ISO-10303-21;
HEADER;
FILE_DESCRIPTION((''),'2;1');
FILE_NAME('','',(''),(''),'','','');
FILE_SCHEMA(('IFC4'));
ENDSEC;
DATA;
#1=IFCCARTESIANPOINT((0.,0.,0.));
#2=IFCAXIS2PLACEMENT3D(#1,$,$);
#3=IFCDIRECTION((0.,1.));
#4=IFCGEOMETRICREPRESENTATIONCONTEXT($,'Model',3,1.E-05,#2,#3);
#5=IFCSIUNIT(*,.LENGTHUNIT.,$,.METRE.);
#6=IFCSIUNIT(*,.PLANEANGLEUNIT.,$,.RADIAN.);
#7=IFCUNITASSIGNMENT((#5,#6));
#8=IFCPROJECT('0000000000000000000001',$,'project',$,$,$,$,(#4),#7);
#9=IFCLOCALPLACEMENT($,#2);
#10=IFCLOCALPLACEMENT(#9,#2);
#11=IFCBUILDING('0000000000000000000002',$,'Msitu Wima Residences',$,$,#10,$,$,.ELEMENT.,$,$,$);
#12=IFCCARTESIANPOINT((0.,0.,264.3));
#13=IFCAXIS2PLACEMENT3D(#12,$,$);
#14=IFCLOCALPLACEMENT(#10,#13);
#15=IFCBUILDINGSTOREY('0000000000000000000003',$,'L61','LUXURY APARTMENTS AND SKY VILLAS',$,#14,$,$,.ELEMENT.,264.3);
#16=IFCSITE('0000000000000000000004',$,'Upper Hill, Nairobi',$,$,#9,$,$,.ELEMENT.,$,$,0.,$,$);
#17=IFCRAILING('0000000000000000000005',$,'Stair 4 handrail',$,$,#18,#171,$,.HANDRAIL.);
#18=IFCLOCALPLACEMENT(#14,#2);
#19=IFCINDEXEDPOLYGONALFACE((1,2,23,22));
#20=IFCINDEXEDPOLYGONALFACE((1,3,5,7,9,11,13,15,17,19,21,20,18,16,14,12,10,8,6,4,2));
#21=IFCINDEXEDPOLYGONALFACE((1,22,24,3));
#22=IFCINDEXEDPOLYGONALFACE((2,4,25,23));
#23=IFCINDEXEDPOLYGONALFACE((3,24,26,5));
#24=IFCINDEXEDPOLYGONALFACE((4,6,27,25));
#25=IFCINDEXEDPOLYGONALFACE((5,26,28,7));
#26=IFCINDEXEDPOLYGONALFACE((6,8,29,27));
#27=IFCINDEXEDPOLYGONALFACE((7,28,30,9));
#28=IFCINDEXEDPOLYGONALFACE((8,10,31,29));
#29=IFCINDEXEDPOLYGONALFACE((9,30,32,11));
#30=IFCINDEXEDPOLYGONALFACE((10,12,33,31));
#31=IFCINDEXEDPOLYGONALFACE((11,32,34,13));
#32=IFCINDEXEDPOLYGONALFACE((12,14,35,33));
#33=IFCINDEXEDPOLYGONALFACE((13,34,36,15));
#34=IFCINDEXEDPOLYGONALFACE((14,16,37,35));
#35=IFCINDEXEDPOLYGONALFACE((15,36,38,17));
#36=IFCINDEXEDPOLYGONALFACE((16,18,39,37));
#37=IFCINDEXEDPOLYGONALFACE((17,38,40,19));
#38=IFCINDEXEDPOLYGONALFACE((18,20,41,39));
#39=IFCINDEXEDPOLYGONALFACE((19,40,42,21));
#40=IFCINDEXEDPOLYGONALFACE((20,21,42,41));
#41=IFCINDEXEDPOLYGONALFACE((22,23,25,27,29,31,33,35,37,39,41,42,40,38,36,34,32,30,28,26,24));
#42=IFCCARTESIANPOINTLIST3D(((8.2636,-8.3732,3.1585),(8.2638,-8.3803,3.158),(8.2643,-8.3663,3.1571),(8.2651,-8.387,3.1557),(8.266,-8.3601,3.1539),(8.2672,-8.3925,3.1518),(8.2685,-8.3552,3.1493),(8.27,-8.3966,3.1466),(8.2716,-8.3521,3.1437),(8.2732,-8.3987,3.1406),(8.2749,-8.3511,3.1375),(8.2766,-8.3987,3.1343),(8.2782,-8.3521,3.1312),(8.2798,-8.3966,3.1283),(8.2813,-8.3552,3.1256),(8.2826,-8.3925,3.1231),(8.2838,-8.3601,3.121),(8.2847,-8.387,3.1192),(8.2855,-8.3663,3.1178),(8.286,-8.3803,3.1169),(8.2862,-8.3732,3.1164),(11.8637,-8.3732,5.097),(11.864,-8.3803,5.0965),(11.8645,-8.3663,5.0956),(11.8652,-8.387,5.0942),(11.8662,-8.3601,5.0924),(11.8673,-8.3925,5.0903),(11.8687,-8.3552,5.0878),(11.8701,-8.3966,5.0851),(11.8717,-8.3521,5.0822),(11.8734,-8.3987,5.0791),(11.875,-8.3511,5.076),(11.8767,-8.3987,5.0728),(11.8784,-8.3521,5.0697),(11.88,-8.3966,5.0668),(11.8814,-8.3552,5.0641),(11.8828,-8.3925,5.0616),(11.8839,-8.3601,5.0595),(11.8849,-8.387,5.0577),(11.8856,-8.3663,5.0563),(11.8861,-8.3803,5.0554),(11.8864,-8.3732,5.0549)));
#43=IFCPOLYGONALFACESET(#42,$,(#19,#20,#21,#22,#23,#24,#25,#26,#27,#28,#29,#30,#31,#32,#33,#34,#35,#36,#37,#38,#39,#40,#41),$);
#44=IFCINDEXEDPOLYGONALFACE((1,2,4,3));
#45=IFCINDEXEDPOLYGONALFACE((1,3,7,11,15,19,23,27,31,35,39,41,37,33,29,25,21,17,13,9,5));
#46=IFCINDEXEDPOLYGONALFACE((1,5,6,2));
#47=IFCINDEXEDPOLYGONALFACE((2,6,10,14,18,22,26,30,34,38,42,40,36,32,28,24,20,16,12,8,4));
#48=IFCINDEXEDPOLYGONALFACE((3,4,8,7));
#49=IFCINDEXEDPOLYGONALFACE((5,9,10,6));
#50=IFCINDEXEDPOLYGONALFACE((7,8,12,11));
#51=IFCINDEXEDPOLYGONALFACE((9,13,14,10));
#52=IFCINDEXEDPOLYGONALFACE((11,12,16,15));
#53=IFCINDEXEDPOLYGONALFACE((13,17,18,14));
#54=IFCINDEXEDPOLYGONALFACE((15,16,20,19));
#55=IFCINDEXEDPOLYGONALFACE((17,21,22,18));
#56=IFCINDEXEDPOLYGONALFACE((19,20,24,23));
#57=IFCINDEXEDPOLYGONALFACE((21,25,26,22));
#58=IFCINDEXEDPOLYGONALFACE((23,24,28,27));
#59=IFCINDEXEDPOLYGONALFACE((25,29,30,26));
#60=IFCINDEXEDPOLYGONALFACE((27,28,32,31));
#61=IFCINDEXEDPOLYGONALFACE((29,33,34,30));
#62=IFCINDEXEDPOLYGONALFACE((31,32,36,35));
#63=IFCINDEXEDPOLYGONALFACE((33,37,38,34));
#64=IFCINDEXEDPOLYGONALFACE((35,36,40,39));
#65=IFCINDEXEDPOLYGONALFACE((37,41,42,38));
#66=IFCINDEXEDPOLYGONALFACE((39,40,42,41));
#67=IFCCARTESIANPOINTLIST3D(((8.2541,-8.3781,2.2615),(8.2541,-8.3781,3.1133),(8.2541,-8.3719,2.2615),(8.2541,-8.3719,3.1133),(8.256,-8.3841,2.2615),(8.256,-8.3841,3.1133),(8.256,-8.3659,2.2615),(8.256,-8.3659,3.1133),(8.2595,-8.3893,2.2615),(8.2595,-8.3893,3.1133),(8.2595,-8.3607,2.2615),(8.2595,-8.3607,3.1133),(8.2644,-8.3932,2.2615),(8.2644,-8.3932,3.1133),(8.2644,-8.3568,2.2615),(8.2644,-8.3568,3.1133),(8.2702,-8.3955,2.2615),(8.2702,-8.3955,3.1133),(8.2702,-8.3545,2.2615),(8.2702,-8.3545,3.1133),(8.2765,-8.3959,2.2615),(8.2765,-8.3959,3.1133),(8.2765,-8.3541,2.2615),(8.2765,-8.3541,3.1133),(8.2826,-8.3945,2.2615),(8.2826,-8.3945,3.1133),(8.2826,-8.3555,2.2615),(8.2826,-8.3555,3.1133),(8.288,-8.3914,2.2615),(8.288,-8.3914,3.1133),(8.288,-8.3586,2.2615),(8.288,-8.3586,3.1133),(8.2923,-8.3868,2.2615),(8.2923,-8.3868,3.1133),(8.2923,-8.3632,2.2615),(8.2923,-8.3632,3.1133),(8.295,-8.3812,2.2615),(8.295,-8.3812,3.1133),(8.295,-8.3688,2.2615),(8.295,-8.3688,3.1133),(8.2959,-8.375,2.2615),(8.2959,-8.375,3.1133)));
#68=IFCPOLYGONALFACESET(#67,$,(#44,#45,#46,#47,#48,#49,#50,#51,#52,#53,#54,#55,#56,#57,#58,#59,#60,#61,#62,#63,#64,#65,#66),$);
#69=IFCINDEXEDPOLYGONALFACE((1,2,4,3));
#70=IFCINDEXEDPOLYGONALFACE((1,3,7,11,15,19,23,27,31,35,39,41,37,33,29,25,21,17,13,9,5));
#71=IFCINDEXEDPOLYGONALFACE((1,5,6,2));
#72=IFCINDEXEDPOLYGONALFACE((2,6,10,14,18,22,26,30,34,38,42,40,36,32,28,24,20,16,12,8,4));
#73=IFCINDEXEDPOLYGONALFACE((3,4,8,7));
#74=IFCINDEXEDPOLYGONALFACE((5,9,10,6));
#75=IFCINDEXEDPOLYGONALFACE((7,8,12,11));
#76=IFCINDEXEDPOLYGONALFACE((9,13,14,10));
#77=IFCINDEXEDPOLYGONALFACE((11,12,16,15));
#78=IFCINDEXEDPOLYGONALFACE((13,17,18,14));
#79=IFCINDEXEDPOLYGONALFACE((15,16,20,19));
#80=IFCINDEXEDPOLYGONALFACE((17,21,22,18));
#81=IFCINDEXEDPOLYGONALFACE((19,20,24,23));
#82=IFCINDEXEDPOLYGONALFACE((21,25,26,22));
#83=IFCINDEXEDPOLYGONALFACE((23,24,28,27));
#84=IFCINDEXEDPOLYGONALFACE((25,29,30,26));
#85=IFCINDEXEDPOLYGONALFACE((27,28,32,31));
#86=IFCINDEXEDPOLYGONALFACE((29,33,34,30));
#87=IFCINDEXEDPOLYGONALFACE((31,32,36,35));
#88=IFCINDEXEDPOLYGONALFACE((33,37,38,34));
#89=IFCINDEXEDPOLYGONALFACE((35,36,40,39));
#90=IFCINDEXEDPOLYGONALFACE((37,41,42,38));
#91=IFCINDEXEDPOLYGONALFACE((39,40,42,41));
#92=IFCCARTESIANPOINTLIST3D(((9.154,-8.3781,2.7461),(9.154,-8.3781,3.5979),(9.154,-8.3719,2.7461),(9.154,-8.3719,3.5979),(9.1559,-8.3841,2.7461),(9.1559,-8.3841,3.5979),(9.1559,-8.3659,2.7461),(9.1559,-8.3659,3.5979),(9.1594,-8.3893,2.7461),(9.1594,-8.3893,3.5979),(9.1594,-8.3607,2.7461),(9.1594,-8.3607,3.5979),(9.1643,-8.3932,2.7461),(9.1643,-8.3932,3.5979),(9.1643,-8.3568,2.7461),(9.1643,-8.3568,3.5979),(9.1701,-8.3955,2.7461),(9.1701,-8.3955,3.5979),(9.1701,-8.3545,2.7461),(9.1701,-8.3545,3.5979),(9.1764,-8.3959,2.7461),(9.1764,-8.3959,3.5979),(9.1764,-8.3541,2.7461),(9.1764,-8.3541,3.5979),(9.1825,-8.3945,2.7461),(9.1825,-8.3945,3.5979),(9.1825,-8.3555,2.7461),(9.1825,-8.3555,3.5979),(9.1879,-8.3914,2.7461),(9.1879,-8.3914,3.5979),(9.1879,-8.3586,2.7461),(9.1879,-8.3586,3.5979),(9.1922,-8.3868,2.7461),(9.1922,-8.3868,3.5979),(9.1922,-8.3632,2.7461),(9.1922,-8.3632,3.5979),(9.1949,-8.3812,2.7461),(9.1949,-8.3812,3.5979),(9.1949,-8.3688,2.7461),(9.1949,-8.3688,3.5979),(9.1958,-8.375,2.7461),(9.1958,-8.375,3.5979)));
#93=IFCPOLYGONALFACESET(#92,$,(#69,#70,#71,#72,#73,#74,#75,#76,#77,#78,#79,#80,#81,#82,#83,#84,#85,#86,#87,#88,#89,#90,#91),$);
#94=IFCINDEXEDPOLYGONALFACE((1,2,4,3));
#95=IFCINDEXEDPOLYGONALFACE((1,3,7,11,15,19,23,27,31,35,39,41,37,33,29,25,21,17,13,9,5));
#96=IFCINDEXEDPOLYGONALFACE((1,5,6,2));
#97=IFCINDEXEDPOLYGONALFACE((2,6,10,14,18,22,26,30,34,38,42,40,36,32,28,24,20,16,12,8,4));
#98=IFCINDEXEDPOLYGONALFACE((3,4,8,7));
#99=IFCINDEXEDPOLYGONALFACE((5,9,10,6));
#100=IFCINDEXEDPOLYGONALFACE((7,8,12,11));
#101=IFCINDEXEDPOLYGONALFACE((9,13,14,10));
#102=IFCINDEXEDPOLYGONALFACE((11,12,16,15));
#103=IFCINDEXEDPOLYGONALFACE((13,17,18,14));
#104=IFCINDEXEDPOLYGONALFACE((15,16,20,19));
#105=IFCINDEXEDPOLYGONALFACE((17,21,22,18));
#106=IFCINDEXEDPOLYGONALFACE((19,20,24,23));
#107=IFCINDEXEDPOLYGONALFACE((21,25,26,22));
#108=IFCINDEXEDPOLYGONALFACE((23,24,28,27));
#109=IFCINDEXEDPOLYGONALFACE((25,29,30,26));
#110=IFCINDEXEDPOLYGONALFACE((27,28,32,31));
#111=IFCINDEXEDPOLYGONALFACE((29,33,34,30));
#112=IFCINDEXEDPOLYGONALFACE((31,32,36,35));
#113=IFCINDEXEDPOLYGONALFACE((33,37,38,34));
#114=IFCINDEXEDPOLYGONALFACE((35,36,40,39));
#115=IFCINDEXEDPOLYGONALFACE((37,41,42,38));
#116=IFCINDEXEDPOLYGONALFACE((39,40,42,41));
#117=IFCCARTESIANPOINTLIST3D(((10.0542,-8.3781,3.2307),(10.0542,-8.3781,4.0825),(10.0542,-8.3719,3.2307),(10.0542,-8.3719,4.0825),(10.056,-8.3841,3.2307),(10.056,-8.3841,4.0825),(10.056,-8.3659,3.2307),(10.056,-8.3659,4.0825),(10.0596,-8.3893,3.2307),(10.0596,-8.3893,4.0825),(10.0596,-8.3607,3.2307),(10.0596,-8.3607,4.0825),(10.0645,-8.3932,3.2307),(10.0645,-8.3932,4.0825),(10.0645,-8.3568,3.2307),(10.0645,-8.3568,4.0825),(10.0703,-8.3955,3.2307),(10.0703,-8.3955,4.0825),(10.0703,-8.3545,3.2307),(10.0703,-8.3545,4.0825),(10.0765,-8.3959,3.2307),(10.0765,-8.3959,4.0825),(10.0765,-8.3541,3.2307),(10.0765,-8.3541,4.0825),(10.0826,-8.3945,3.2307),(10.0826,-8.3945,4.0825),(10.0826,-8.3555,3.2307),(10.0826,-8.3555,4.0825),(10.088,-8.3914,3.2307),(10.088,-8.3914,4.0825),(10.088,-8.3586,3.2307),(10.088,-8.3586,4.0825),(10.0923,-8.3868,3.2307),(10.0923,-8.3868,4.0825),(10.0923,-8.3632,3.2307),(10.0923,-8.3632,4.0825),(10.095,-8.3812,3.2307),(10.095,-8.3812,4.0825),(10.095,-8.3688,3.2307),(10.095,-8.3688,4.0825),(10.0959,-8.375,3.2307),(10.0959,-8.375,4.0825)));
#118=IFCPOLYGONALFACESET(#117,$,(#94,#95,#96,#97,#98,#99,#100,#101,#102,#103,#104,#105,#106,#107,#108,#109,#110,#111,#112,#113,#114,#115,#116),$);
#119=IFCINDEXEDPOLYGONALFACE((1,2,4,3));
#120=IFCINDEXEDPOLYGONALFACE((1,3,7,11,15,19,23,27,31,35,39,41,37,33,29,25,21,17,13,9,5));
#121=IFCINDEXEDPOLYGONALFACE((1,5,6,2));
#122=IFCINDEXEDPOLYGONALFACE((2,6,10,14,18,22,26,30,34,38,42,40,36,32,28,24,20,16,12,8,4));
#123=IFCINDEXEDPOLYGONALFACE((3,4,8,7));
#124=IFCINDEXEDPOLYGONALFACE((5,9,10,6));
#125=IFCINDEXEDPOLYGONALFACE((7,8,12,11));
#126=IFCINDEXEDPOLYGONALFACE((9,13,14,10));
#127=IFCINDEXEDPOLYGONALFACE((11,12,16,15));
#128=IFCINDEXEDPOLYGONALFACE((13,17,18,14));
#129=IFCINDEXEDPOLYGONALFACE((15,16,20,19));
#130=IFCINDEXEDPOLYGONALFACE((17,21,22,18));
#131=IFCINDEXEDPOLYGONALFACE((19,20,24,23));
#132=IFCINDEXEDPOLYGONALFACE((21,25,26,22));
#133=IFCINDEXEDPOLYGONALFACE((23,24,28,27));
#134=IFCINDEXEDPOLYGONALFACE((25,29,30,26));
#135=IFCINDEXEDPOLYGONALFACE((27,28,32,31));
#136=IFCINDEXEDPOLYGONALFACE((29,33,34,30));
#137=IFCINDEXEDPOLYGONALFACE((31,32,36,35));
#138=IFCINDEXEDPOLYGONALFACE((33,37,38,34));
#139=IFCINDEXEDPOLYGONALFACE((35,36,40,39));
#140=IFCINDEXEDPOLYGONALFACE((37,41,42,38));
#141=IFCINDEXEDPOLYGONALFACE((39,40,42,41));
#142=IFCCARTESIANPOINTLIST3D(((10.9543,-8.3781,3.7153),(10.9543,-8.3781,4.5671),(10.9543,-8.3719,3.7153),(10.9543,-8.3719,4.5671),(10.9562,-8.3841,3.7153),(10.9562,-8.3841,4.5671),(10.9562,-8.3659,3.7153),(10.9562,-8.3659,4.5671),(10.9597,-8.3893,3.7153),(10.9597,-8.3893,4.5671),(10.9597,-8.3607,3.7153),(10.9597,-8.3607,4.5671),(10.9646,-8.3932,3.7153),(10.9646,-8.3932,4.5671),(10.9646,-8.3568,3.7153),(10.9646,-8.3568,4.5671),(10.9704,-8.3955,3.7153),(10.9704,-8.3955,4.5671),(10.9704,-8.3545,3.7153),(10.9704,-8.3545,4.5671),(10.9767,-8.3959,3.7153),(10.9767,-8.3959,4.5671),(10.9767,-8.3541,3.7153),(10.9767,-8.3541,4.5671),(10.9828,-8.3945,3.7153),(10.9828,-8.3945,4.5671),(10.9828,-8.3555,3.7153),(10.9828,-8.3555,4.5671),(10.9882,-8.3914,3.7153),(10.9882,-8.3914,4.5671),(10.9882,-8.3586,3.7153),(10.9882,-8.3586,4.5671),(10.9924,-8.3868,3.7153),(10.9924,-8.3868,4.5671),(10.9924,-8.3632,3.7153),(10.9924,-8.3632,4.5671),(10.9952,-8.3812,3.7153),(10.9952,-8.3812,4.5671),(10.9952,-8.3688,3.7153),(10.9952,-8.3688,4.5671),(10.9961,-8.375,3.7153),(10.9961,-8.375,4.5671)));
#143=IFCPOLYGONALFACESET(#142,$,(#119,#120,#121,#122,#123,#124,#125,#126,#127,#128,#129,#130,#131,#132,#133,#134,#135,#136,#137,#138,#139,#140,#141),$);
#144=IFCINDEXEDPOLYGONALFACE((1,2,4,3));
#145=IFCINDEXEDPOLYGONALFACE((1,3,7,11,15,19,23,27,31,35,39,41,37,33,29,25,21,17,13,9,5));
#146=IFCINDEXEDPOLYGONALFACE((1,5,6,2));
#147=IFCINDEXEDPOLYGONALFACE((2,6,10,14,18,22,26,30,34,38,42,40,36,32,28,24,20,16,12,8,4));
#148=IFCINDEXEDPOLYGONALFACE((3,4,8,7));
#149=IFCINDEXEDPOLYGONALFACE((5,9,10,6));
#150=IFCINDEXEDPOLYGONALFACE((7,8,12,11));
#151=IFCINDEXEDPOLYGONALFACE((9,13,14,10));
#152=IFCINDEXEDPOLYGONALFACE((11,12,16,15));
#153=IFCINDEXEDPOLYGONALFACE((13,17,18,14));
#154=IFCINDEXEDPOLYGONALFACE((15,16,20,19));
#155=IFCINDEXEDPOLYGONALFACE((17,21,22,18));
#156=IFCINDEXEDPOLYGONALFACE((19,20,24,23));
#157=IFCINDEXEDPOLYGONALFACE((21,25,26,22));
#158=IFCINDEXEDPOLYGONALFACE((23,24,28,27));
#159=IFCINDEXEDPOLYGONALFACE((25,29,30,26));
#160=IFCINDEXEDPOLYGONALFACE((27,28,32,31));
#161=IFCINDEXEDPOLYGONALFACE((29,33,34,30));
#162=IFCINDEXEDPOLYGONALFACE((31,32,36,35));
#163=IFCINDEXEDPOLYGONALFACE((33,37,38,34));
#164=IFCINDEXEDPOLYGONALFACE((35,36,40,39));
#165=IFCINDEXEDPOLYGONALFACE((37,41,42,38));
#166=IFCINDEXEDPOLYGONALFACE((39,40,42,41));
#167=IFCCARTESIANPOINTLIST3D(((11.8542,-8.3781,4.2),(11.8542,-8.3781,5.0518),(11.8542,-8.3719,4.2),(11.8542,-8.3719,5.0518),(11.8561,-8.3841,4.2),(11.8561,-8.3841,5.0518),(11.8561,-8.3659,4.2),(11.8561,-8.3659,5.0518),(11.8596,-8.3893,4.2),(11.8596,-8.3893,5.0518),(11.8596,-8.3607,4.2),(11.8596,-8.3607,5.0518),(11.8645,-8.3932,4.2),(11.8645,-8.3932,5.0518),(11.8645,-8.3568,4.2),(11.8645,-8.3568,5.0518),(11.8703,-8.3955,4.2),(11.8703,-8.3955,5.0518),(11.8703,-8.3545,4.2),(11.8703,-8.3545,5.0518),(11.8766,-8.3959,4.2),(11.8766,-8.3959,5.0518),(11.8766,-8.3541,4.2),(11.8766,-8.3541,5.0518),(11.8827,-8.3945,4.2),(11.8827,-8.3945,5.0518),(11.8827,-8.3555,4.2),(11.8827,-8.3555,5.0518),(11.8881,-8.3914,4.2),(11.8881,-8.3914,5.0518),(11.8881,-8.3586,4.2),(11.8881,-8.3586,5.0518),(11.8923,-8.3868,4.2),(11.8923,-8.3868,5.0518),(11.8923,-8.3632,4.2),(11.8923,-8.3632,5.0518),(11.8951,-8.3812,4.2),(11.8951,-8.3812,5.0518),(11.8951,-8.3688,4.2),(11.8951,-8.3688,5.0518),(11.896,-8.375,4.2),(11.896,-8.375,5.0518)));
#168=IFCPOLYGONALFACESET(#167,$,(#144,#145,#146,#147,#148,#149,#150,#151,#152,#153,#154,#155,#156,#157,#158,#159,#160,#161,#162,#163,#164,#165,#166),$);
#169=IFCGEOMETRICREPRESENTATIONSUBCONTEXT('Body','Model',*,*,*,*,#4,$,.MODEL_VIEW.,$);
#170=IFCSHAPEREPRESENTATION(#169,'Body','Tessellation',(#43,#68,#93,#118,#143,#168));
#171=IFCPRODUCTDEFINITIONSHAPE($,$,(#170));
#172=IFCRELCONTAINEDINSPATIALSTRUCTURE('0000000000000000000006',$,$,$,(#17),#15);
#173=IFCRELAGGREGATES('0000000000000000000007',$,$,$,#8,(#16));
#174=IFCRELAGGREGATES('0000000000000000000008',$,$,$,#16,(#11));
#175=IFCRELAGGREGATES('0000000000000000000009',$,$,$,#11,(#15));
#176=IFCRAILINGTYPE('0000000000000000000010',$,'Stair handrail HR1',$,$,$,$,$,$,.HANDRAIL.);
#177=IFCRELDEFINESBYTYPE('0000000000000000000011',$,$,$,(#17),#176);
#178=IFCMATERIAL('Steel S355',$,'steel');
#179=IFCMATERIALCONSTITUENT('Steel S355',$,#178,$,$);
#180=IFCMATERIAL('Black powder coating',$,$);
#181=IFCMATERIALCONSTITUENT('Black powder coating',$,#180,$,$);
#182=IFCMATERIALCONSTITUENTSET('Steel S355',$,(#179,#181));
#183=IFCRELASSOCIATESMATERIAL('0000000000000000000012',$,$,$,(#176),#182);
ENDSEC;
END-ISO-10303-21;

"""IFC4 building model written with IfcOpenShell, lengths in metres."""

from ifc_helpers import new_model, si_unit, direction, frame, origin, origin_2d, place, context, subcontext, project, spatial, circle, extrude, material, constituent, constituent_set, type_object, element, save


model = new_model("IFC4")

# Units and contexts
model_context = context("Model", 3, precision=1e-05, world=origin(), true_north=direction((0.0, 1.0)))
body_context = subcontext(model_context, "Body", "Model", "MODEL_VIEW")
ifc_project = project(units=[si_unit("LENGTHUNIT", "METRE"), si_unit("PLANEANGLEUNIT", "RADIAN")], contexts=[model_context])

# Site, building, storey
site_placement = place(None, origin())
site = spatial("IfcSite", under=ifc_project, at=site_placement, Name="Upper Hill, Nairobi", CompositionType="ELEMENT", RefElevation=0.0)
building_placement = place(site_placement, origin())
building = spatial("IfcBuilding", under=site, at=building_placement, Name="Msitu Wima Residences", CompositionType="ELEMENT")
storey_placement = place(building_placement, frame((0.0, 0.0, 264.3)))
storey = spatial("IfcBuildingStorey", under=building, at=storey_placement, Name="L61", Description="LUXURY APARTMENTS AND SKY VILLAS", CompositionType="ELEMENT", Elevation=264.3)

# Railing
ifc_material_1 = material(Name="Steel S355", Category="steel")
ifc_constituent_1 = constituent(ifc_material_1, Name="Steel S355")
ifc_material_2 = material(Name="Black powder coating")
ifc_constituent_2 = constituent(ifc_material_2, Name="Black powder coating")
ifc_constituent_set = constituent_set(constituents=[ifc_constituent_1, ifc_constituent_2], Name="Steel S355")
railing_type = type_object("IfcRailingType", Name="Stair handrail HR1", PredefinedType="HANDRAIL", material=ifc_constituent_set)
for number, where, name in (
    (1, (8.2749, -8.375, 2.2615), "Stair 4 handrail"),
):
    element("IfcRailing", number, at=place(storey_placement, frame(where)), inside=storey, type_object=railing_type, Name=name, PredefinedType="HANDRAIL", context=body_context, shape_type="SweptSolid", body=[
        extrude(circle(Radius=0.0239, at=origin_2d()), frame((0.0, 0.0, 0.876), z_axis=(0.880475, 0.0, 0.474093), x_axis=(0.0, 1.0, 0.0)), (0.0, 0.0, 1.0), 4.0889),
        extrude(circle(Radius=0.021, at=origin_2d()), origin(), (0.0, 0.0, 1.0), 0.8518),
        extrude(circle(Radius=0.021, at=origin_2d()), frame((0.8999, 0.0, 0.4846)), (0.0, 0.0, 1.0), 0.8518),
        extrude(circle(Radius=0.021, at=origin_2d()), frame((1.8, 0.0, 0.9692)), (0.0, 0.0, 1.0), 0.8518),
        extrude(circle(Radius=0.021, at=origin_2d()), frame((2.7002, 0.0, 1.4539)), (0.0, 0.0, 1.0), 0.8518),
        extrude(circle(Radius=0.021, at=origin_2d()), frame((3.6001, 0.0, 1.9385)), (0.0, 0.0, 1.0), 0.8518),
    ])

save(model, "model.ifc")
